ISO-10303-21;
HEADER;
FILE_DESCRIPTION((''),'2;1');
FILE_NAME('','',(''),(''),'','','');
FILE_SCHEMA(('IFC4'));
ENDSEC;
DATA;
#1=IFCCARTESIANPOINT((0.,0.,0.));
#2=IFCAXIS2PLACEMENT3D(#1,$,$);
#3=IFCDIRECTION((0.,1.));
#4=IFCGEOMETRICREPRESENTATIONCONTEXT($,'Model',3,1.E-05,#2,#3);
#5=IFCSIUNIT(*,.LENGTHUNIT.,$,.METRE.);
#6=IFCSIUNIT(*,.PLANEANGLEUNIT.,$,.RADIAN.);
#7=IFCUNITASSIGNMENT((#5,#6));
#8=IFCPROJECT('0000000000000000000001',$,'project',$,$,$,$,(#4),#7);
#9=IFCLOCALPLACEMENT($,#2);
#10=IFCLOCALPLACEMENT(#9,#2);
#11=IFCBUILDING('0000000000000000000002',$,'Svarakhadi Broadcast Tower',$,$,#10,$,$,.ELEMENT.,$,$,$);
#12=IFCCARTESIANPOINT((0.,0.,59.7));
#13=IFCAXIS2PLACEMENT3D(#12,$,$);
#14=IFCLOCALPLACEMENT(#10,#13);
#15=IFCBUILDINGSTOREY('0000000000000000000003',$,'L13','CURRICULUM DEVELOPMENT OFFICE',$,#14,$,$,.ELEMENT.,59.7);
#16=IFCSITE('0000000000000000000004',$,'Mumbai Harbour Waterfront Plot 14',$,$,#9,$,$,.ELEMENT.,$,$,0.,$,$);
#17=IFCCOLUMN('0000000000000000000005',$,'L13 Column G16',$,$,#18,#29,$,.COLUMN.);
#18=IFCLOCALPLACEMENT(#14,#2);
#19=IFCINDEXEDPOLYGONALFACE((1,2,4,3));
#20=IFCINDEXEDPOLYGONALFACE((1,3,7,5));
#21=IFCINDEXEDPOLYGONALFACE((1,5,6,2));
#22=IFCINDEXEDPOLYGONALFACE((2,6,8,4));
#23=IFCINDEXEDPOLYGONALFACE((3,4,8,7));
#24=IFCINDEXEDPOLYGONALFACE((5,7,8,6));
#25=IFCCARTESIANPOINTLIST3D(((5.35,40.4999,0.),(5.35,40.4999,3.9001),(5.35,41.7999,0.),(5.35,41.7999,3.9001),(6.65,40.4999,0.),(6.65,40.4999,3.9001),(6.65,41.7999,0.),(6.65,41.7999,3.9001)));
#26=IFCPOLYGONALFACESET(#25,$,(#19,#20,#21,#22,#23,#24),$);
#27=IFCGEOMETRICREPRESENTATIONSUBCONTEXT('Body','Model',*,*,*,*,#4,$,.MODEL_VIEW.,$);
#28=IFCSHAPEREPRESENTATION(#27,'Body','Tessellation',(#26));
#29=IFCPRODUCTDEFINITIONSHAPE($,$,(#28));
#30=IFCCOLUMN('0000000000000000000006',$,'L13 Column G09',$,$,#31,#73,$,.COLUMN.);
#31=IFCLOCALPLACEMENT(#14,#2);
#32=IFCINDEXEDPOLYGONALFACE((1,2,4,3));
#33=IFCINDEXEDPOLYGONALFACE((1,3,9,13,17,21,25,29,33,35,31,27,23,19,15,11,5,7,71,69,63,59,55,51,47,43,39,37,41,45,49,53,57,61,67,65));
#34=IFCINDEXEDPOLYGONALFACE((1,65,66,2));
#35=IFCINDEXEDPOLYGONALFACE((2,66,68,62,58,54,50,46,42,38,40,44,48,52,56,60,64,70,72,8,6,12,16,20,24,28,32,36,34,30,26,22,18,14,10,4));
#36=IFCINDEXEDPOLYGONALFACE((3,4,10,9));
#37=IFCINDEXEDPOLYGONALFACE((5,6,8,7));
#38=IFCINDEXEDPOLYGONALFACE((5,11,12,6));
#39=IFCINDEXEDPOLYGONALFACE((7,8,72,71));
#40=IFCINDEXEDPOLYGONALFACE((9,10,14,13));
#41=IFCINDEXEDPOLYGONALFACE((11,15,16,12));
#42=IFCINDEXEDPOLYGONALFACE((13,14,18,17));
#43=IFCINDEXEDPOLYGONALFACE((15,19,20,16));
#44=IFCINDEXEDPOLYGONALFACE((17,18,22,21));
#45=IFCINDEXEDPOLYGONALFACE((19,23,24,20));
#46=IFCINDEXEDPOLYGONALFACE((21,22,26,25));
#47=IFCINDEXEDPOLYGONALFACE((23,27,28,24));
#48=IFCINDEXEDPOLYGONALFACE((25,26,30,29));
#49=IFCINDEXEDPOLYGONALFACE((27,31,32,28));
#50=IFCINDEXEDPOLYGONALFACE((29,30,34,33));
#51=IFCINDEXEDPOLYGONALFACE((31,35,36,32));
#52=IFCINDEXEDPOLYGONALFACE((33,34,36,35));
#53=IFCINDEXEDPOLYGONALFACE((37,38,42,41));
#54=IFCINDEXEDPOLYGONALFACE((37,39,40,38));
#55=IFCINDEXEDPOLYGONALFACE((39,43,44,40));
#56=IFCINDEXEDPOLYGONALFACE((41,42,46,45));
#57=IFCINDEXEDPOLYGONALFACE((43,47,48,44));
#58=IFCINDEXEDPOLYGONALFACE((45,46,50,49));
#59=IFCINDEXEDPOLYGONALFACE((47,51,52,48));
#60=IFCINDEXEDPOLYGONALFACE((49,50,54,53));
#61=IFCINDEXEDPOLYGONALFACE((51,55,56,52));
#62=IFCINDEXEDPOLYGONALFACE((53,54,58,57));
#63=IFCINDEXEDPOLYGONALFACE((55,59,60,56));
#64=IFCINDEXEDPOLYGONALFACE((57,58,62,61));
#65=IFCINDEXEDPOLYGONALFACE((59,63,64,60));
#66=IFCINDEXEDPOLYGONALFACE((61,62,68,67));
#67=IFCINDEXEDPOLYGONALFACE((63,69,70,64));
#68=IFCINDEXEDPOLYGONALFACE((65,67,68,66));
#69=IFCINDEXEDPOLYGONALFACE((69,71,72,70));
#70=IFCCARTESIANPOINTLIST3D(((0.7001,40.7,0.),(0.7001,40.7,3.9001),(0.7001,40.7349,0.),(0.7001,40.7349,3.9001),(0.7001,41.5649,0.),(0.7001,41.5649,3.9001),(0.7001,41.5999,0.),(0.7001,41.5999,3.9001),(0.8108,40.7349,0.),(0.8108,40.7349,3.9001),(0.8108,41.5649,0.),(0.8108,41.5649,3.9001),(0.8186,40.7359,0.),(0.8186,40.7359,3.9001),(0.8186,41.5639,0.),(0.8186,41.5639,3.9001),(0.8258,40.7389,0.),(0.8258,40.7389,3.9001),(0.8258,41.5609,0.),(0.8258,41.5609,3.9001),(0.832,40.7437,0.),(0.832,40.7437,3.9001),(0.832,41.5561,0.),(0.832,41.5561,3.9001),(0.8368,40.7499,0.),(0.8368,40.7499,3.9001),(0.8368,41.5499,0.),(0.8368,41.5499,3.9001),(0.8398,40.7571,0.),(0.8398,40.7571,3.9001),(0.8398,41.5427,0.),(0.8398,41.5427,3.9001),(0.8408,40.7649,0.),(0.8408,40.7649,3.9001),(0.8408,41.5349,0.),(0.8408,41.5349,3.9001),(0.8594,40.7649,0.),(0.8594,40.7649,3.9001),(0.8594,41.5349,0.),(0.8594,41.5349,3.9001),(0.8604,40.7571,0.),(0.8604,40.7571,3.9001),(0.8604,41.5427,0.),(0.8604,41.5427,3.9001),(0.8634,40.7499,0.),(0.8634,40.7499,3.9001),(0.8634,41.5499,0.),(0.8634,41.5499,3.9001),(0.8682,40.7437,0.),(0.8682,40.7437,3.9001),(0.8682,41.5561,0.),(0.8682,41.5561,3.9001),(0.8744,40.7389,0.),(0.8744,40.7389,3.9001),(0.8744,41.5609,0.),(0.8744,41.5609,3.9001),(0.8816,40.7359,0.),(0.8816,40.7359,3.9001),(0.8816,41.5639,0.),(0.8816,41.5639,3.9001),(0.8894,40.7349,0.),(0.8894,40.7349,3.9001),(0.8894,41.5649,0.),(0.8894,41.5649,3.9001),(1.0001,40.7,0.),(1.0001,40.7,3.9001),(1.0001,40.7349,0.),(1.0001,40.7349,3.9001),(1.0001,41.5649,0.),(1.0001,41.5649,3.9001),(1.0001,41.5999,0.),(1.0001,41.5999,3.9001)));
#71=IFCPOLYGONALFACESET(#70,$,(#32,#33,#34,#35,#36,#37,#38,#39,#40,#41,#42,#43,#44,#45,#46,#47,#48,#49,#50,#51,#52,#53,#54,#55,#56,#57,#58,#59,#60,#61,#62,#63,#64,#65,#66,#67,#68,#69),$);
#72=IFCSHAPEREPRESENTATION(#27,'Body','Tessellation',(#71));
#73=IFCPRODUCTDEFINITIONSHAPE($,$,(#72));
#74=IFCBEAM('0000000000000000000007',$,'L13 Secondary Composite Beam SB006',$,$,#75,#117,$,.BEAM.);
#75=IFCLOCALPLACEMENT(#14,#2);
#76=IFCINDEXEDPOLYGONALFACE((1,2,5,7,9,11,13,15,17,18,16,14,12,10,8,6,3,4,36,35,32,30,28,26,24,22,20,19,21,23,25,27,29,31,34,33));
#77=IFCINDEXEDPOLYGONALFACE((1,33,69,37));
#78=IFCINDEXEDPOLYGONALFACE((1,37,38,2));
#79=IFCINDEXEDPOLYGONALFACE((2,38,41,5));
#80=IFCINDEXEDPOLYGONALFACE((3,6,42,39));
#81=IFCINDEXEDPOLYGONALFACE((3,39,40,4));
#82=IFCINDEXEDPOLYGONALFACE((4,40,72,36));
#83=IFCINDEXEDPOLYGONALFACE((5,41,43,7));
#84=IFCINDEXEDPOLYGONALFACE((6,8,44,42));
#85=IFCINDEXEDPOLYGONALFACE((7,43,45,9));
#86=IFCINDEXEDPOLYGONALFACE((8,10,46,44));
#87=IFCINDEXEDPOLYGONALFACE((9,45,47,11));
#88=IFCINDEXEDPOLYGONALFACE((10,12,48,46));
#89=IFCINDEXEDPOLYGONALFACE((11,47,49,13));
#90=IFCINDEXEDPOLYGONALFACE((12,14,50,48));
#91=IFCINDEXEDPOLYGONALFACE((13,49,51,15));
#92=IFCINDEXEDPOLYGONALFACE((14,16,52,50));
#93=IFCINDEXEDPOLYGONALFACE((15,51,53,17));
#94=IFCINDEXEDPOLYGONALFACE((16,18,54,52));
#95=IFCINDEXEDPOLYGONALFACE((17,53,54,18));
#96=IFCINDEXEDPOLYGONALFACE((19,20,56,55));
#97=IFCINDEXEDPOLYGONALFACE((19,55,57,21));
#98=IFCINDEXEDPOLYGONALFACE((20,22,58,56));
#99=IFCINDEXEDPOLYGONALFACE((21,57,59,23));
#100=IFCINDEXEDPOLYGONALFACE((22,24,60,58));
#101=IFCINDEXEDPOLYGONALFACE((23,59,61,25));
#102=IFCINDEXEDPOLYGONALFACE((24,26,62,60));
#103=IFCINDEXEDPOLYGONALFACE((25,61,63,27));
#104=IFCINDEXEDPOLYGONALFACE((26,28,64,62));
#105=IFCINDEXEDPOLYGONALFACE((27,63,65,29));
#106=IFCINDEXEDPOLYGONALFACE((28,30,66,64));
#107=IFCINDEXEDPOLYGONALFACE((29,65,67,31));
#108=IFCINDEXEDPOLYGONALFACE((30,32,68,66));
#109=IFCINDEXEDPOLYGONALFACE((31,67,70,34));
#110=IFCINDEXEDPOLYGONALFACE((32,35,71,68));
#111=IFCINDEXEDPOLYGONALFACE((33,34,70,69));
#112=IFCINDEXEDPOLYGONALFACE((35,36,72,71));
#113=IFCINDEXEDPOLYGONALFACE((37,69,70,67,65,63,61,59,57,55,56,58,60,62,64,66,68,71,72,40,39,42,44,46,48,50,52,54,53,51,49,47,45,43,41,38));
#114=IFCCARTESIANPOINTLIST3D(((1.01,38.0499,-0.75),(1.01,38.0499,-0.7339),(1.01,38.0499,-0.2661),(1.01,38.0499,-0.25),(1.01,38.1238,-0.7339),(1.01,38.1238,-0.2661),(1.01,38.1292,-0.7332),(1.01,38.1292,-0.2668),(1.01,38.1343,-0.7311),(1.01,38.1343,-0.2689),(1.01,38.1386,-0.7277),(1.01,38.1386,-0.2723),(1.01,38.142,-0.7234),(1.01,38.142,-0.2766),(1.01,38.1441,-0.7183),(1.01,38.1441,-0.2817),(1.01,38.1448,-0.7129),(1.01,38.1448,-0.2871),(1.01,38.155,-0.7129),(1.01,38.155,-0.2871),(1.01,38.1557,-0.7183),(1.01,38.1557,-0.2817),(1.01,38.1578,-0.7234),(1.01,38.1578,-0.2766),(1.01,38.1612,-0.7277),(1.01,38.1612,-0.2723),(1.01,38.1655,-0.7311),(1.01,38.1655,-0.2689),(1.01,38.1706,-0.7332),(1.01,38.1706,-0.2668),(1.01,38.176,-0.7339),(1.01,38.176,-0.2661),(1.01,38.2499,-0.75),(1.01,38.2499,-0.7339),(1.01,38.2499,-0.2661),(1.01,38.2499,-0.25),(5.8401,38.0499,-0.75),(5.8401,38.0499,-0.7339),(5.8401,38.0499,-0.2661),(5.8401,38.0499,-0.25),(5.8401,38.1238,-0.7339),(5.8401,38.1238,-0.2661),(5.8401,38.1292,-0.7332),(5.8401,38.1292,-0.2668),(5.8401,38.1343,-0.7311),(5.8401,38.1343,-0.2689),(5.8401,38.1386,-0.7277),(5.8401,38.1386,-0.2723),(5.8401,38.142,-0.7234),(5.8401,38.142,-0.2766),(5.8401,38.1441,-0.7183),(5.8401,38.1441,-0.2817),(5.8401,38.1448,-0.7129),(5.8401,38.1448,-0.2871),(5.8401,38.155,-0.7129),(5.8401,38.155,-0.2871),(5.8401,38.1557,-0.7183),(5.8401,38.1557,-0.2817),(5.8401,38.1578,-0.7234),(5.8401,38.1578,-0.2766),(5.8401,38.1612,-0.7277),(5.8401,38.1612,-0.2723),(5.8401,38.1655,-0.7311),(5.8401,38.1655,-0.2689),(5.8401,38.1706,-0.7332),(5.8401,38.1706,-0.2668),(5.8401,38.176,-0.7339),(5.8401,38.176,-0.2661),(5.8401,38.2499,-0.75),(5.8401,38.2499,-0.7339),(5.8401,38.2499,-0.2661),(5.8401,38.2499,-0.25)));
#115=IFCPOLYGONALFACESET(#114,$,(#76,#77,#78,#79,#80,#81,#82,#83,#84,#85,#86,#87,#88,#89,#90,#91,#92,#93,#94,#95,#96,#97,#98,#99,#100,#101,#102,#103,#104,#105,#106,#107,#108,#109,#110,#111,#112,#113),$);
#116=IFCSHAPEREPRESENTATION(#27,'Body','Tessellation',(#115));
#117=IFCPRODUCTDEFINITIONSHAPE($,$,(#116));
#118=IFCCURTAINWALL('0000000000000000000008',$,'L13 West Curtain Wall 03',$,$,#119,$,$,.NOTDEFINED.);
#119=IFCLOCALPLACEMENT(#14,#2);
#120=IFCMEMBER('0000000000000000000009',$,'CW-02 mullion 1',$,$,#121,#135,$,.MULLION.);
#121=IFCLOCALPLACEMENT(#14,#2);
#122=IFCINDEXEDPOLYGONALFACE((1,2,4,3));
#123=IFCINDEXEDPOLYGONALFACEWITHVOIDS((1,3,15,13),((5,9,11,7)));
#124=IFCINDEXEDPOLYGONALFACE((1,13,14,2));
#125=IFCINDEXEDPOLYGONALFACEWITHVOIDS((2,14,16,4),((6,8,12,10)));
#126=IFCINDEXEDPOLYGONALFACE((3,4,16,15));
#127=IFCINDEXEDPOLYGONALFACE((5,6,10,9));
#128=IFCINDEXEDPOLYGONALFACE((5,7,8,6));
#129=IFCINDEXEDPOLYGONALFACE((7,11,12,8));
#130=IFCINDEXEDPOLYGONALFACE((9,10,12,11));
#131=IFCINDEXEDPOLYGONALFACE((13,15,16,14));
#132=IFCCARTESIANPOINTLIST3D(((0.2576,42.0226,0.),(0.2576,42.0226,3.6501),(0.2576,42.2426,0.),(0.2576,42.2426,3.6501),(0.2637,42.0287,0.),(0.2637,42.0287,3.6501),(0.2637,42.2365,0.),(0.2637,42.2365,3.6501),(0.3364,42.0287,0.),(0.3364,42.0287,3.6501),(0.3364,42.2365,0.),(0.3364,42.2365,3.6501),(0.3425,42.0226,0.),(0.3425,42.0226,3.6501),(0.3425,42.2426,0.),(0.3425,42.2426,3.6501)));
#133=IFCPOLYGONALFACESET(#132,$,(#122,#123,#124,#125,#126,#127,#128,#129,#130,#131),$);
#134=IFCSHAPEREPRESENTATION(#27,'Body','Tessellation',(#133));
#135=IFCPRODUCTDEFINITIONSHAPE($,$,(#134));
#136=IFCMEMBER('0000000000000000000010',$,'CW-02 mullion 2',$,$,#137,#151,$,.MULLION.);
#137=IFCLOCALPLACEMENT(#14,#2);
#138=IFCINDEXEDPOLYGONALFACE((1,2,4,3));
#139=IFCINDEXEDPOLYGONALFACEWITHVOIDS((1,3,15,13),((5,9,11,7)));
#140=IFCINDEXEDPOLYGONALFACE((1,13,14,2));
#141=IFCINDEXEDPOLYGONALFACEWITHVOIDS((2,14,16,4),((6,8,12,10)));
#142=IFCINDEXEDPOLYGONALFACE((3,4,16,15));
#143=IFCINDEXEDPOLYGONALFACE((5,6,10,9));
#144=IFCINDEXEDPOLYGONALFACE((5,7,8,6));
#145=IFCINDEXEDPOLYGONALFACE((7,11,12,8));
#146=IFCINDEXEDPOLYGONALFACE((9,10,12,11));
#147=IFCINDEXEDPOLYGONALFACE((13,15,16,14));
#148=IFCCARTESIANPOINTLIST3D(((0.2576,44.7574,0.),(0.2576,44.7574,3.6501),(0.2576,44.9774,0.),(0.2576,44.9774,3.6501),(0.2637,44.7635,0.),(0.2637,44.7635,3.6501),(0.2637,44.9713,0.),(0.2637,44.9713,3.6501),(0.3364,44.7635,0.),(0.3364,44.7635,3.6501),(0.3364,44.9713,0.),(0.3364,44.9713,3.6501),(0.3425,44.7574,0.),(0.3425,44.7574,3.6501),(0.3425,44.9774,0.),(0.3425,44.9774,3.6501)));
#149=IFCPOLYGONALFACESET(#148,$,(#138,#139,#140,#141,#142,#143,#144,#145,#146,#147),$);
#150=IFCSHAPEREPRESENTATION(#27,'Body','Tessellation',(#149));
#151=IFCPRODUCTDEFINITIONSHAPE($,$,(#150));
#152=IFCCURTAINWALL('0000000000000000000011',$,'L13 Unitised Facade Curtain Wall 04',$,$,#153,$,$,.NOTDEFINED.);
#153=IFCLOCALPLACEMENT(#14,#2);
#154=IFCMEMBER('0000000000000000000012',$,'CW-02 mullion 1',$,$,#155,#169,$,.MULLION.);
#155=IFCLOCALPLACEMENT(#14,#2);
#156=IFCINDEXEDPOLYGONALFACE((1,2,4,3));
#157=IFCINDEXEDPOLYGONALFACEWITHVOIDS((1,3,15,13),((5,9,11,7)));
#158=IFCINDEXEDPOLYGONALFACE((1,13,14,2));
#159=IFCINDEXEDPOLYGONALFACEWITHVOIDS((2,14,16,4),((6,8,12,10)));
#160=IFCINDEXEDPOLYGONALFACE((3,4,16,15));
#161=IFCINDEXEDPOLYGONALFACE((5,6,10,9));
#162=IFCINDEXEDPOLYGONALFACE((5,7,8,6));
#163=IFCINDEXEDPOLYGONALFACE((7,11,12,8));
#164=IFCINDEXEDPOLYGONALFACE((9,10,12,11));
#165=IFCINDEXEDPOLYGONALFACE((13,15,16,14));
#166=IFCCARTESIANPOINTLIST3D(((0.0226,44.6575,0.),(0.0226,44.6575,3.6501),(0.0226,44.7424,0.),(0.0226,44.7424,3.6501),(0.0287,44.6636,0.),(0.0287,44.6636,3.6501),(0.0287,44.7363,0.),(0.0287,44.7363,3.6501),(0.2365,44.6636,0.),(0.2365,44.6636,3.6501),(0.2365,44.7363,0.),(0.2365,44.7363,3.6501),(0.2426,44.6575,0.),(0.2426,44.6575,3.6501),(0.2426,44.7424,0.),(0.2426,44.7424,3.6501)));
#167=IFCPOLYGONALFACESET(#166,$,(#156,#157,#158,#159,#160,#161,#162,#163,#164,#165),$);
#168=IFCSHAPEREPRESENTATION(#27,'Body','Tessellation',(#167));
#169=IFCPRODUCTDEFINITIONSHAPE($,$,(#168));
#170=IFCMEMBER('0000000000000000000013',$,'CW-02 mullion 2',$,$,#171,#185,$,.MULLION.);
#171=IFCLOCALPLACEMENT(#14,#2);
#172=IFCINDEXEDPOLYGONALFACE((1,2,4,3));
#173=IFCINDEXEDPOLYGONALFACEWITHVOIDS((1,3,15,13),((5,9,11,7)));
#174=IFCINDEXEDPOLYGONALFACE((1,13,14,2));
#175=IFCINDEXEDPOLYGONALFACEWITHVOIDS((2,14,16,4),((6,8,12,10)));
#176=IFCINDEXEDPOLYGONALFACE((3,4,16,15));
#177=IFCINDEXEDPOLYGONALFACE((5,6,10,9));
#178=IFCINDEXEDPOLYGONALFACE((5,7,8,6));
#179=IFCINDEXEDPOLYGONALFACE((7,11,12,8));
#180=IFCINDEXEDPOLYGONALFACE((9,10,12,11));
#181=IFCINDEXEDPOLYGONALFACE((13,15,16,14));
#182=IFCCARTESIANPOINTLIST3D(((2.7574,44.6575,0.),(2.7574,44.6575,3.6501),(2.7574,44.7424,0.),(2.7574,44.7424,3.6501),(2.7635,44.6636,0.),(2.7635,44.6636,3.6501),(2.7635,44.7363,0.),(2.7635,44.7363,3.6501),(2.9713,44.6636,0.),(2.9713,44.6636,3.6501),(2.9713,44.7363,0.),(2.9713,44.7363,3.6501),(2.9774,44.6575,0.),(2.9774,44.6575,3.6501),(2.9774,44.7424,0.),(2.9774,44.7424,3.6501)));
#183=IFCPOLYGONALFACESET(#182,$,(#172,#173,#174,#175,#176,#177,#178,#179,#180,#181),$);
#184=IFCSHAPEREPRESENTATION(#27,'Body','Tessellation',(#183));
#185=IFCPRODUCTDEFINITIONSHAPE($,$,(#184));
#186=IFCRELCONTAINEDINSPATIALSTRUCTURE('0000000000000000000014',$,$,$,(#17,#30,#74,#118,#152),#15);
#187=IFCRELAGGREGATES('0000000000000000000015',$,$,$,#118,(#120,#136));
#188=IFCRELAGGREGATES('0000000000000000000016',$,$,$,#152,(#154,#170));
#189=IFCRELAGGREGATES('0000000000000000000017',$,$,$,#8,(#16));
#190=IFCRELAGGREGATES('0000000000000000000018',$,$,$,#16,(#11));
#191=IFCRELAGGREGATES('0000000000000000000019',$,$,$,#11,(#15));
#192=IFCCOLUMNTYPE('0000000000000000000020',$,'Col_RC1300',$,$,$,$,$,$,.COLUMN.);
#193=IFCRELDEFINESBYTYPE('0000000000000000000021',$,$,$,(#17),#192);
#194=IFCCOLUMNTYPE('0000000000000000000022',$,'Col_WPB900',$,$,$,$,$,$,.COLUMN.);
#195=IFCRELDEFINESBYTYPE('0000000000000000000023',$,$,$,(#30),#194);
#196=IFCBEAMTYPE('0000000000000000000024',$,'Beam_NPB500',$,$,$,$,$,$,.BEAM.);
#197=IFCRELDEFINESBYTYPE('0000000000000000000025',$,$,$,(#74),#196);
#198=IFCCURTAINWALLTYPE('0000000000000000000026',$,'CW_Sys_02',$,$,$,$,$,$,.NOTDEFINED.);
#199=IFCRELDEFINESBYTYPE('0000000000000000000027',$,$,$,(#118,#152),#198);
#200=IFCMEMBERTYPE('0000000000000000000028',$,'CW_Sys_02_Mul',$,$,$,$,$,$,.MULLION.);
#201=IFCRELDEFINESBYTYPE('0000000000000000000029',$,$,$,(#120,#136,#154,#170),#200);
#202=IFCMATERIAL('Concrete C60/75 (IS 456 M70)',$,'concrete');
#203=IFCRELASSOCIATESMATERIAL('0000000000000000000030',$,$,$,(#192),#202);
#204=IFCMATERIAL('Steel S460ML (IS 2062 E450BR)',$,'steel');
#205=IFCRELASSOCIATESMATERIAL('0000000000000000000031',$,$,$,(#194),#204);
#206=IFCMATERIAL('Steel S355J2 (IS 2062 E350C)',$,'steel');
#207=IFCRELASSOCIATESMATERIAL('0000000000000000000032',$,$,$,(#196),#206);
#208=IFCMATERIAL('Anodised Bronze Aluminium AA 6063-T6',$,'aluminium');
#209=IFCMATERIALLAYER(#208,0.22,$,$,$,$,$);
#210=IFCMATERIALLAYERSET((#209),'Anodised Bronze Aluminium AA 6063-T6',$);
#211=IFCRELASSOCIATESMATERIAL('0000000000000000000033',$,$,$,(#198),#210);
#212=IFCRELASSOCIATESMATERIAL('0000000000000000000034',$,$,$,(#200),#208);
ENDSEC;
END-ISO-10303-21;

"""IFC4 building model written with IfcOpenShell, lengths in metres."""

from ifc_helpers import new_model, si_unit, direction, frame, origin, origin_2d, place, context, subcontext, project, spatial, rectangle, hollow_rectangle, i_section, extrude, material, layer, layer_set, material_profile, profile_set, type_object, element, aggregate, save


model = new_model("IFC4")

# Units and contexts
model_context = context("Model", 3, precision=1e-05, world=origin(), true_north=direction((0.0, 1.0)))
body_context = subcontext(model_context, "Body", "Model", "MODEL_VIEW")
ifc_project = project(units=[si_unit("LENGTHUNIT", "METRE"), si_unit("PLANEANGLEUNIT", "RADIAN")], contexts=[model_context])

# Site, building, storey
site_placement = place(None, origin())
site = spatial("IfcSite", under=ifc_project, at=site_placement, Name="Mumbai Harbour Waterfront Plot 14", CompositionType="ELEMENT", RefElevation=0.0)
building_placement = place(site_placement, origin())
building = spatial("IfcBuilding", under=site, at=building_placement, Name="Svarakhadi Broadcast Tower", CompositionType="ELEMENT")
storey_placement = place(building_placement, frame((0.0, 0.0, 59.7)))
storey = spatial("IfcBuildingStorey", under=building, at=storey_placement, Name="L13", Description="CURRICULUM DEVELOPMENT OFFICE", CompositionType="ELEMENT", Elevation=59.7)

# Columns
ifc_material_1 = material(Name="Concrete C60/75 (IS 456 M70)", Category="concrete")
ifc_material_profile_1 = material_profile(ifc_material_1, rectangle(XDim=1.3, YDim=1.3, at=origin_2d()), Name="RC 1300x1300")
ifc_profile_set_1 = profile_set([ifc_material_profile_1], Name="Concrete C60/75 (IS 456 M70)")
column_type_1 = type_object("IfcColumnType", Name="Col_RC1300", PredefinedType="COLUMN", material=ifc_profile_set_1)
column_1_placement = place(storey_placement, frame((6.0, 41.1499, 0.0), z_axis=(0.0, 0.0, 1.0), x_axis=(1.0, 0.0, 0.0)))
element("IfcColumn", 1, at=column_1_placement, inside=storey, type_object=column_type_1, Name="L13 Column G16", PredefinedType="COLUMN", context=body_context, shape_type="SweptSolid", body=[
    extrude(rectangle(XDim=1.3, YDim=1.3, at=origin_2d()), origin(), (0.0, 0.0, 1.0), 3.9001),
])
ifc_material_2 = material(Name="Steel S460ML (IS 2062 E450BR)", Category="steel")
ifc_material_profile_2 = material_profile(ifc_material_2, i_section(OverallWidth=0.3, OverallDepth=0.8999, WebThickness=0.0186, FlangeThickness=0.0349, FilletRadius=0.03, at=origin_2d()), Name="WPB 900x300x291")
ifc_profile_set_2 = profile_set([ifc_material_profile_2], Name="Steel S460ML (IS 2062 E450BR)")
column_type_2 = type_object("IfcColumnType", Name="Col_WPB900", PredefinedType="COLUMN", material=ifc_profile_set_2)
column_2_placement = place(storey_placement, frame((0.8501, 41.1499, 0.0), z_axis=(0.0, 0.0, 1.0), x_axis=(1.0, 0.0, 0.0)))
element("IfcColumn", 2, at=column_2_placement, inside=storey, type_object=column_type_2, Name="L13 Column G09", PredefinedType="COLUMN", context=body_context, shape_type="SweptSolid", body=[
    extrude(i_section(OverallWidth=0.3, OverallDepth=0.8999, WebThickness=0.0186, FlangeThickness=0.0349, FilletRadius=0.03, at=origin_2d()), origin(), (0.0, 0.0, 1.0), 3.9001),
])

# Beam
ifc_material_3 = material(Name="Steel S355J2 (IS 2062 E350C)", Category="steel")
ifc_material_profile_3 = material_profile(ifc_material_3, i_section(OverallWidth=0.2, OverallDepth=0.5, WebThickness=0.0103, FlangeThickness=0.0161, FilletRadius=0.021, at=origin_2d()), Name="NPB 500x200x91")
ifc_profile_set_3 = profile_set([ifc_material_profile_3], Name="Steel S355J2 (IS 2062 E350C)")
beam_type_1 = type_object("IfcBeamType", Name="Beam_NPB500", PredefinedType="BEAM", material=ifc_profile_set_3)
beam_1_placement = place(storey_placement, frame((1.01, 38.1499, -0.5), z_axis=(1.0, 0.0, 0.0), x_axis=(0.0, 1.0, 0.0)))
element("IfcBeam", 3, at=beam_1_placement, inside=storey, type_object=beam_type_1, Name="L13 Secondary Composite Beam SB006", PredefinedType="BEAM", context=body_context, shape_type="SweptSolid", body=[
    extrude(i_section(OverallWidth=0.2, OverallDepth=0.5, WebThickness=0.0103, FlangeThickness=0.0161, FilletRadius=0.021, at=origin_2d()), origin(), (0.0, 0.0, 1.0), 4.8301),
])

# Curtain walls, members
ifc_material_4 = material(Name="Anodised Bronze Aluminium AA 6063-T6", Category="aluminium")
ifc_layer_1 = layer(ifc_material_4, 0.22)
ifc_layer_set_1 = layer_set([ifc_layer_1], Name="Anodised Bronze Aluminium AA 6063-T6")
curtain_wall_type = type_object("IfcCurtainWallType", Name="CW_Sys_02", PredefinedType="NOTDEFINED", material=ifc_layer_set_1)
curtain_wall_1_placement = place(storey_placement, origin())
curtain_wall_1 = element("IfcCurtainWall", 4, at=curtain_wall_1_placement, inside=storey, type_object=curtain_wall_type, Name="L13 West Curtain Wall 03", PredefinedType="NOTDEFINED")
ifc_material_profile_4 = material_profile(ifc_material_4, hollow_rectangle(XDim=0.085, YDim=0.22, WallThickness=0.0061, at=origin_2d()), Name="ALU MULLION 220x85x6")
ifc_profile_set_4 = profile_set([ifc_material_profile_4], Name="Anodised Bronze Aluminium AA 6063-T6")
member_type_1 = type_object("IfcMemberType", Name="CW_Sys_02_Mul", PredefinedType="MULLION", material=ifc_profile_set_4)
member_1_placement = place(storey_placement, frame((0.3, 42.1326, 0.0), z_axis=(0.0, 0.0, 1.0), x_axis=(-1.0, 0.0, 0.0)))
member_1 = element("IfcMember", 5, at=member_1_placement, type_object=member_type_1, Name="CW-02 mullion 1", PredefinedType="MULLION", context=body_context, shape_type="SweptSolid", body=[
    extrude(hollow_rectangle(XDim=0.085, YDim=0.22, WallThickness=0.0061, at=origin_2d()), origin(), (0.0, 0.0, 1.0), 3.6501),
])
member_2_placement = place(storey_placement, frame((0.3, 44.8674, 0.0), z_axis=(0.0, 0.0, 1.0), x_axis=(-1.0, 0.0, 0.0)))
member_2 = element("IfcMember", 6, at=member_2_placement, type_object=member_type_1, Name="CW-02 mullion 2", PredefinedType="MULLION", context=body_context, shape_type="SweptSolid", body=[
    extrude(hollow_rectangle(XDim=0.085, YDim=0.22, WallThickness=0.0061, at=origin_2d()), origin(), (0.0, 0.0, 1.0), 3.6501),
])
curtain_wall_2_placement = place(storey_placement, origin())
curtain_wall_2 = element("IfcCurtainWall", 7, at=curtain_wall_2_placement, inside=storey, type_object=curtain_wall_type, Name="L13 Unitised Facade Curtain Wall 04", PredefinedType="NOTDEFINED")
member_3_placement = place(storey_placement, frame((0.1326, 44.7, 0.0), z_axis=(0.0, 0.0, 1.0), x_axis=(0.0, 1.0, 0.0)))
member_3 = element("IfcMember", 8, at=member_3_placement, type_object=member_type_1, Name="CW-02 mullion 1", PredefinedType="MULLION", context=body_context, shape_type="SweptSolid", body=[
    extrude(hollow_rectangle(XDim=0.085, YDim=0.22, WallThickness=0.0061, at=origin_2d()), origin(), (0.0, 0.0, 1.0), 3.6501),
])
member_4_placement = place(storey_placement, frame((2.8674, 44.7, 0.0), z_axis=(0.0, 0.0, 1.0), x_axis=(0.0, 1.0, 0.0)))
member_4 = element("IfcMember", 9, at=member_4_placement, type_object=member_type_1, Name="CW-02 mullion 2", PredefinedType="MULLION", context=body_context, shape_type="SweptSolid", body=[
    extrude(hollow_rectangle(XDim=0.085, YDim=0.22, WallThickness=0.0061, at=origin_2d()), origin(), (0.0, 0.0, 1.0), 3.6501),
])

aggregate(curtain_wall_1, [member_1, member_2])
aggregate(curtain_wall_2, [member_3, member_4])

save(model, "model.ifc")
